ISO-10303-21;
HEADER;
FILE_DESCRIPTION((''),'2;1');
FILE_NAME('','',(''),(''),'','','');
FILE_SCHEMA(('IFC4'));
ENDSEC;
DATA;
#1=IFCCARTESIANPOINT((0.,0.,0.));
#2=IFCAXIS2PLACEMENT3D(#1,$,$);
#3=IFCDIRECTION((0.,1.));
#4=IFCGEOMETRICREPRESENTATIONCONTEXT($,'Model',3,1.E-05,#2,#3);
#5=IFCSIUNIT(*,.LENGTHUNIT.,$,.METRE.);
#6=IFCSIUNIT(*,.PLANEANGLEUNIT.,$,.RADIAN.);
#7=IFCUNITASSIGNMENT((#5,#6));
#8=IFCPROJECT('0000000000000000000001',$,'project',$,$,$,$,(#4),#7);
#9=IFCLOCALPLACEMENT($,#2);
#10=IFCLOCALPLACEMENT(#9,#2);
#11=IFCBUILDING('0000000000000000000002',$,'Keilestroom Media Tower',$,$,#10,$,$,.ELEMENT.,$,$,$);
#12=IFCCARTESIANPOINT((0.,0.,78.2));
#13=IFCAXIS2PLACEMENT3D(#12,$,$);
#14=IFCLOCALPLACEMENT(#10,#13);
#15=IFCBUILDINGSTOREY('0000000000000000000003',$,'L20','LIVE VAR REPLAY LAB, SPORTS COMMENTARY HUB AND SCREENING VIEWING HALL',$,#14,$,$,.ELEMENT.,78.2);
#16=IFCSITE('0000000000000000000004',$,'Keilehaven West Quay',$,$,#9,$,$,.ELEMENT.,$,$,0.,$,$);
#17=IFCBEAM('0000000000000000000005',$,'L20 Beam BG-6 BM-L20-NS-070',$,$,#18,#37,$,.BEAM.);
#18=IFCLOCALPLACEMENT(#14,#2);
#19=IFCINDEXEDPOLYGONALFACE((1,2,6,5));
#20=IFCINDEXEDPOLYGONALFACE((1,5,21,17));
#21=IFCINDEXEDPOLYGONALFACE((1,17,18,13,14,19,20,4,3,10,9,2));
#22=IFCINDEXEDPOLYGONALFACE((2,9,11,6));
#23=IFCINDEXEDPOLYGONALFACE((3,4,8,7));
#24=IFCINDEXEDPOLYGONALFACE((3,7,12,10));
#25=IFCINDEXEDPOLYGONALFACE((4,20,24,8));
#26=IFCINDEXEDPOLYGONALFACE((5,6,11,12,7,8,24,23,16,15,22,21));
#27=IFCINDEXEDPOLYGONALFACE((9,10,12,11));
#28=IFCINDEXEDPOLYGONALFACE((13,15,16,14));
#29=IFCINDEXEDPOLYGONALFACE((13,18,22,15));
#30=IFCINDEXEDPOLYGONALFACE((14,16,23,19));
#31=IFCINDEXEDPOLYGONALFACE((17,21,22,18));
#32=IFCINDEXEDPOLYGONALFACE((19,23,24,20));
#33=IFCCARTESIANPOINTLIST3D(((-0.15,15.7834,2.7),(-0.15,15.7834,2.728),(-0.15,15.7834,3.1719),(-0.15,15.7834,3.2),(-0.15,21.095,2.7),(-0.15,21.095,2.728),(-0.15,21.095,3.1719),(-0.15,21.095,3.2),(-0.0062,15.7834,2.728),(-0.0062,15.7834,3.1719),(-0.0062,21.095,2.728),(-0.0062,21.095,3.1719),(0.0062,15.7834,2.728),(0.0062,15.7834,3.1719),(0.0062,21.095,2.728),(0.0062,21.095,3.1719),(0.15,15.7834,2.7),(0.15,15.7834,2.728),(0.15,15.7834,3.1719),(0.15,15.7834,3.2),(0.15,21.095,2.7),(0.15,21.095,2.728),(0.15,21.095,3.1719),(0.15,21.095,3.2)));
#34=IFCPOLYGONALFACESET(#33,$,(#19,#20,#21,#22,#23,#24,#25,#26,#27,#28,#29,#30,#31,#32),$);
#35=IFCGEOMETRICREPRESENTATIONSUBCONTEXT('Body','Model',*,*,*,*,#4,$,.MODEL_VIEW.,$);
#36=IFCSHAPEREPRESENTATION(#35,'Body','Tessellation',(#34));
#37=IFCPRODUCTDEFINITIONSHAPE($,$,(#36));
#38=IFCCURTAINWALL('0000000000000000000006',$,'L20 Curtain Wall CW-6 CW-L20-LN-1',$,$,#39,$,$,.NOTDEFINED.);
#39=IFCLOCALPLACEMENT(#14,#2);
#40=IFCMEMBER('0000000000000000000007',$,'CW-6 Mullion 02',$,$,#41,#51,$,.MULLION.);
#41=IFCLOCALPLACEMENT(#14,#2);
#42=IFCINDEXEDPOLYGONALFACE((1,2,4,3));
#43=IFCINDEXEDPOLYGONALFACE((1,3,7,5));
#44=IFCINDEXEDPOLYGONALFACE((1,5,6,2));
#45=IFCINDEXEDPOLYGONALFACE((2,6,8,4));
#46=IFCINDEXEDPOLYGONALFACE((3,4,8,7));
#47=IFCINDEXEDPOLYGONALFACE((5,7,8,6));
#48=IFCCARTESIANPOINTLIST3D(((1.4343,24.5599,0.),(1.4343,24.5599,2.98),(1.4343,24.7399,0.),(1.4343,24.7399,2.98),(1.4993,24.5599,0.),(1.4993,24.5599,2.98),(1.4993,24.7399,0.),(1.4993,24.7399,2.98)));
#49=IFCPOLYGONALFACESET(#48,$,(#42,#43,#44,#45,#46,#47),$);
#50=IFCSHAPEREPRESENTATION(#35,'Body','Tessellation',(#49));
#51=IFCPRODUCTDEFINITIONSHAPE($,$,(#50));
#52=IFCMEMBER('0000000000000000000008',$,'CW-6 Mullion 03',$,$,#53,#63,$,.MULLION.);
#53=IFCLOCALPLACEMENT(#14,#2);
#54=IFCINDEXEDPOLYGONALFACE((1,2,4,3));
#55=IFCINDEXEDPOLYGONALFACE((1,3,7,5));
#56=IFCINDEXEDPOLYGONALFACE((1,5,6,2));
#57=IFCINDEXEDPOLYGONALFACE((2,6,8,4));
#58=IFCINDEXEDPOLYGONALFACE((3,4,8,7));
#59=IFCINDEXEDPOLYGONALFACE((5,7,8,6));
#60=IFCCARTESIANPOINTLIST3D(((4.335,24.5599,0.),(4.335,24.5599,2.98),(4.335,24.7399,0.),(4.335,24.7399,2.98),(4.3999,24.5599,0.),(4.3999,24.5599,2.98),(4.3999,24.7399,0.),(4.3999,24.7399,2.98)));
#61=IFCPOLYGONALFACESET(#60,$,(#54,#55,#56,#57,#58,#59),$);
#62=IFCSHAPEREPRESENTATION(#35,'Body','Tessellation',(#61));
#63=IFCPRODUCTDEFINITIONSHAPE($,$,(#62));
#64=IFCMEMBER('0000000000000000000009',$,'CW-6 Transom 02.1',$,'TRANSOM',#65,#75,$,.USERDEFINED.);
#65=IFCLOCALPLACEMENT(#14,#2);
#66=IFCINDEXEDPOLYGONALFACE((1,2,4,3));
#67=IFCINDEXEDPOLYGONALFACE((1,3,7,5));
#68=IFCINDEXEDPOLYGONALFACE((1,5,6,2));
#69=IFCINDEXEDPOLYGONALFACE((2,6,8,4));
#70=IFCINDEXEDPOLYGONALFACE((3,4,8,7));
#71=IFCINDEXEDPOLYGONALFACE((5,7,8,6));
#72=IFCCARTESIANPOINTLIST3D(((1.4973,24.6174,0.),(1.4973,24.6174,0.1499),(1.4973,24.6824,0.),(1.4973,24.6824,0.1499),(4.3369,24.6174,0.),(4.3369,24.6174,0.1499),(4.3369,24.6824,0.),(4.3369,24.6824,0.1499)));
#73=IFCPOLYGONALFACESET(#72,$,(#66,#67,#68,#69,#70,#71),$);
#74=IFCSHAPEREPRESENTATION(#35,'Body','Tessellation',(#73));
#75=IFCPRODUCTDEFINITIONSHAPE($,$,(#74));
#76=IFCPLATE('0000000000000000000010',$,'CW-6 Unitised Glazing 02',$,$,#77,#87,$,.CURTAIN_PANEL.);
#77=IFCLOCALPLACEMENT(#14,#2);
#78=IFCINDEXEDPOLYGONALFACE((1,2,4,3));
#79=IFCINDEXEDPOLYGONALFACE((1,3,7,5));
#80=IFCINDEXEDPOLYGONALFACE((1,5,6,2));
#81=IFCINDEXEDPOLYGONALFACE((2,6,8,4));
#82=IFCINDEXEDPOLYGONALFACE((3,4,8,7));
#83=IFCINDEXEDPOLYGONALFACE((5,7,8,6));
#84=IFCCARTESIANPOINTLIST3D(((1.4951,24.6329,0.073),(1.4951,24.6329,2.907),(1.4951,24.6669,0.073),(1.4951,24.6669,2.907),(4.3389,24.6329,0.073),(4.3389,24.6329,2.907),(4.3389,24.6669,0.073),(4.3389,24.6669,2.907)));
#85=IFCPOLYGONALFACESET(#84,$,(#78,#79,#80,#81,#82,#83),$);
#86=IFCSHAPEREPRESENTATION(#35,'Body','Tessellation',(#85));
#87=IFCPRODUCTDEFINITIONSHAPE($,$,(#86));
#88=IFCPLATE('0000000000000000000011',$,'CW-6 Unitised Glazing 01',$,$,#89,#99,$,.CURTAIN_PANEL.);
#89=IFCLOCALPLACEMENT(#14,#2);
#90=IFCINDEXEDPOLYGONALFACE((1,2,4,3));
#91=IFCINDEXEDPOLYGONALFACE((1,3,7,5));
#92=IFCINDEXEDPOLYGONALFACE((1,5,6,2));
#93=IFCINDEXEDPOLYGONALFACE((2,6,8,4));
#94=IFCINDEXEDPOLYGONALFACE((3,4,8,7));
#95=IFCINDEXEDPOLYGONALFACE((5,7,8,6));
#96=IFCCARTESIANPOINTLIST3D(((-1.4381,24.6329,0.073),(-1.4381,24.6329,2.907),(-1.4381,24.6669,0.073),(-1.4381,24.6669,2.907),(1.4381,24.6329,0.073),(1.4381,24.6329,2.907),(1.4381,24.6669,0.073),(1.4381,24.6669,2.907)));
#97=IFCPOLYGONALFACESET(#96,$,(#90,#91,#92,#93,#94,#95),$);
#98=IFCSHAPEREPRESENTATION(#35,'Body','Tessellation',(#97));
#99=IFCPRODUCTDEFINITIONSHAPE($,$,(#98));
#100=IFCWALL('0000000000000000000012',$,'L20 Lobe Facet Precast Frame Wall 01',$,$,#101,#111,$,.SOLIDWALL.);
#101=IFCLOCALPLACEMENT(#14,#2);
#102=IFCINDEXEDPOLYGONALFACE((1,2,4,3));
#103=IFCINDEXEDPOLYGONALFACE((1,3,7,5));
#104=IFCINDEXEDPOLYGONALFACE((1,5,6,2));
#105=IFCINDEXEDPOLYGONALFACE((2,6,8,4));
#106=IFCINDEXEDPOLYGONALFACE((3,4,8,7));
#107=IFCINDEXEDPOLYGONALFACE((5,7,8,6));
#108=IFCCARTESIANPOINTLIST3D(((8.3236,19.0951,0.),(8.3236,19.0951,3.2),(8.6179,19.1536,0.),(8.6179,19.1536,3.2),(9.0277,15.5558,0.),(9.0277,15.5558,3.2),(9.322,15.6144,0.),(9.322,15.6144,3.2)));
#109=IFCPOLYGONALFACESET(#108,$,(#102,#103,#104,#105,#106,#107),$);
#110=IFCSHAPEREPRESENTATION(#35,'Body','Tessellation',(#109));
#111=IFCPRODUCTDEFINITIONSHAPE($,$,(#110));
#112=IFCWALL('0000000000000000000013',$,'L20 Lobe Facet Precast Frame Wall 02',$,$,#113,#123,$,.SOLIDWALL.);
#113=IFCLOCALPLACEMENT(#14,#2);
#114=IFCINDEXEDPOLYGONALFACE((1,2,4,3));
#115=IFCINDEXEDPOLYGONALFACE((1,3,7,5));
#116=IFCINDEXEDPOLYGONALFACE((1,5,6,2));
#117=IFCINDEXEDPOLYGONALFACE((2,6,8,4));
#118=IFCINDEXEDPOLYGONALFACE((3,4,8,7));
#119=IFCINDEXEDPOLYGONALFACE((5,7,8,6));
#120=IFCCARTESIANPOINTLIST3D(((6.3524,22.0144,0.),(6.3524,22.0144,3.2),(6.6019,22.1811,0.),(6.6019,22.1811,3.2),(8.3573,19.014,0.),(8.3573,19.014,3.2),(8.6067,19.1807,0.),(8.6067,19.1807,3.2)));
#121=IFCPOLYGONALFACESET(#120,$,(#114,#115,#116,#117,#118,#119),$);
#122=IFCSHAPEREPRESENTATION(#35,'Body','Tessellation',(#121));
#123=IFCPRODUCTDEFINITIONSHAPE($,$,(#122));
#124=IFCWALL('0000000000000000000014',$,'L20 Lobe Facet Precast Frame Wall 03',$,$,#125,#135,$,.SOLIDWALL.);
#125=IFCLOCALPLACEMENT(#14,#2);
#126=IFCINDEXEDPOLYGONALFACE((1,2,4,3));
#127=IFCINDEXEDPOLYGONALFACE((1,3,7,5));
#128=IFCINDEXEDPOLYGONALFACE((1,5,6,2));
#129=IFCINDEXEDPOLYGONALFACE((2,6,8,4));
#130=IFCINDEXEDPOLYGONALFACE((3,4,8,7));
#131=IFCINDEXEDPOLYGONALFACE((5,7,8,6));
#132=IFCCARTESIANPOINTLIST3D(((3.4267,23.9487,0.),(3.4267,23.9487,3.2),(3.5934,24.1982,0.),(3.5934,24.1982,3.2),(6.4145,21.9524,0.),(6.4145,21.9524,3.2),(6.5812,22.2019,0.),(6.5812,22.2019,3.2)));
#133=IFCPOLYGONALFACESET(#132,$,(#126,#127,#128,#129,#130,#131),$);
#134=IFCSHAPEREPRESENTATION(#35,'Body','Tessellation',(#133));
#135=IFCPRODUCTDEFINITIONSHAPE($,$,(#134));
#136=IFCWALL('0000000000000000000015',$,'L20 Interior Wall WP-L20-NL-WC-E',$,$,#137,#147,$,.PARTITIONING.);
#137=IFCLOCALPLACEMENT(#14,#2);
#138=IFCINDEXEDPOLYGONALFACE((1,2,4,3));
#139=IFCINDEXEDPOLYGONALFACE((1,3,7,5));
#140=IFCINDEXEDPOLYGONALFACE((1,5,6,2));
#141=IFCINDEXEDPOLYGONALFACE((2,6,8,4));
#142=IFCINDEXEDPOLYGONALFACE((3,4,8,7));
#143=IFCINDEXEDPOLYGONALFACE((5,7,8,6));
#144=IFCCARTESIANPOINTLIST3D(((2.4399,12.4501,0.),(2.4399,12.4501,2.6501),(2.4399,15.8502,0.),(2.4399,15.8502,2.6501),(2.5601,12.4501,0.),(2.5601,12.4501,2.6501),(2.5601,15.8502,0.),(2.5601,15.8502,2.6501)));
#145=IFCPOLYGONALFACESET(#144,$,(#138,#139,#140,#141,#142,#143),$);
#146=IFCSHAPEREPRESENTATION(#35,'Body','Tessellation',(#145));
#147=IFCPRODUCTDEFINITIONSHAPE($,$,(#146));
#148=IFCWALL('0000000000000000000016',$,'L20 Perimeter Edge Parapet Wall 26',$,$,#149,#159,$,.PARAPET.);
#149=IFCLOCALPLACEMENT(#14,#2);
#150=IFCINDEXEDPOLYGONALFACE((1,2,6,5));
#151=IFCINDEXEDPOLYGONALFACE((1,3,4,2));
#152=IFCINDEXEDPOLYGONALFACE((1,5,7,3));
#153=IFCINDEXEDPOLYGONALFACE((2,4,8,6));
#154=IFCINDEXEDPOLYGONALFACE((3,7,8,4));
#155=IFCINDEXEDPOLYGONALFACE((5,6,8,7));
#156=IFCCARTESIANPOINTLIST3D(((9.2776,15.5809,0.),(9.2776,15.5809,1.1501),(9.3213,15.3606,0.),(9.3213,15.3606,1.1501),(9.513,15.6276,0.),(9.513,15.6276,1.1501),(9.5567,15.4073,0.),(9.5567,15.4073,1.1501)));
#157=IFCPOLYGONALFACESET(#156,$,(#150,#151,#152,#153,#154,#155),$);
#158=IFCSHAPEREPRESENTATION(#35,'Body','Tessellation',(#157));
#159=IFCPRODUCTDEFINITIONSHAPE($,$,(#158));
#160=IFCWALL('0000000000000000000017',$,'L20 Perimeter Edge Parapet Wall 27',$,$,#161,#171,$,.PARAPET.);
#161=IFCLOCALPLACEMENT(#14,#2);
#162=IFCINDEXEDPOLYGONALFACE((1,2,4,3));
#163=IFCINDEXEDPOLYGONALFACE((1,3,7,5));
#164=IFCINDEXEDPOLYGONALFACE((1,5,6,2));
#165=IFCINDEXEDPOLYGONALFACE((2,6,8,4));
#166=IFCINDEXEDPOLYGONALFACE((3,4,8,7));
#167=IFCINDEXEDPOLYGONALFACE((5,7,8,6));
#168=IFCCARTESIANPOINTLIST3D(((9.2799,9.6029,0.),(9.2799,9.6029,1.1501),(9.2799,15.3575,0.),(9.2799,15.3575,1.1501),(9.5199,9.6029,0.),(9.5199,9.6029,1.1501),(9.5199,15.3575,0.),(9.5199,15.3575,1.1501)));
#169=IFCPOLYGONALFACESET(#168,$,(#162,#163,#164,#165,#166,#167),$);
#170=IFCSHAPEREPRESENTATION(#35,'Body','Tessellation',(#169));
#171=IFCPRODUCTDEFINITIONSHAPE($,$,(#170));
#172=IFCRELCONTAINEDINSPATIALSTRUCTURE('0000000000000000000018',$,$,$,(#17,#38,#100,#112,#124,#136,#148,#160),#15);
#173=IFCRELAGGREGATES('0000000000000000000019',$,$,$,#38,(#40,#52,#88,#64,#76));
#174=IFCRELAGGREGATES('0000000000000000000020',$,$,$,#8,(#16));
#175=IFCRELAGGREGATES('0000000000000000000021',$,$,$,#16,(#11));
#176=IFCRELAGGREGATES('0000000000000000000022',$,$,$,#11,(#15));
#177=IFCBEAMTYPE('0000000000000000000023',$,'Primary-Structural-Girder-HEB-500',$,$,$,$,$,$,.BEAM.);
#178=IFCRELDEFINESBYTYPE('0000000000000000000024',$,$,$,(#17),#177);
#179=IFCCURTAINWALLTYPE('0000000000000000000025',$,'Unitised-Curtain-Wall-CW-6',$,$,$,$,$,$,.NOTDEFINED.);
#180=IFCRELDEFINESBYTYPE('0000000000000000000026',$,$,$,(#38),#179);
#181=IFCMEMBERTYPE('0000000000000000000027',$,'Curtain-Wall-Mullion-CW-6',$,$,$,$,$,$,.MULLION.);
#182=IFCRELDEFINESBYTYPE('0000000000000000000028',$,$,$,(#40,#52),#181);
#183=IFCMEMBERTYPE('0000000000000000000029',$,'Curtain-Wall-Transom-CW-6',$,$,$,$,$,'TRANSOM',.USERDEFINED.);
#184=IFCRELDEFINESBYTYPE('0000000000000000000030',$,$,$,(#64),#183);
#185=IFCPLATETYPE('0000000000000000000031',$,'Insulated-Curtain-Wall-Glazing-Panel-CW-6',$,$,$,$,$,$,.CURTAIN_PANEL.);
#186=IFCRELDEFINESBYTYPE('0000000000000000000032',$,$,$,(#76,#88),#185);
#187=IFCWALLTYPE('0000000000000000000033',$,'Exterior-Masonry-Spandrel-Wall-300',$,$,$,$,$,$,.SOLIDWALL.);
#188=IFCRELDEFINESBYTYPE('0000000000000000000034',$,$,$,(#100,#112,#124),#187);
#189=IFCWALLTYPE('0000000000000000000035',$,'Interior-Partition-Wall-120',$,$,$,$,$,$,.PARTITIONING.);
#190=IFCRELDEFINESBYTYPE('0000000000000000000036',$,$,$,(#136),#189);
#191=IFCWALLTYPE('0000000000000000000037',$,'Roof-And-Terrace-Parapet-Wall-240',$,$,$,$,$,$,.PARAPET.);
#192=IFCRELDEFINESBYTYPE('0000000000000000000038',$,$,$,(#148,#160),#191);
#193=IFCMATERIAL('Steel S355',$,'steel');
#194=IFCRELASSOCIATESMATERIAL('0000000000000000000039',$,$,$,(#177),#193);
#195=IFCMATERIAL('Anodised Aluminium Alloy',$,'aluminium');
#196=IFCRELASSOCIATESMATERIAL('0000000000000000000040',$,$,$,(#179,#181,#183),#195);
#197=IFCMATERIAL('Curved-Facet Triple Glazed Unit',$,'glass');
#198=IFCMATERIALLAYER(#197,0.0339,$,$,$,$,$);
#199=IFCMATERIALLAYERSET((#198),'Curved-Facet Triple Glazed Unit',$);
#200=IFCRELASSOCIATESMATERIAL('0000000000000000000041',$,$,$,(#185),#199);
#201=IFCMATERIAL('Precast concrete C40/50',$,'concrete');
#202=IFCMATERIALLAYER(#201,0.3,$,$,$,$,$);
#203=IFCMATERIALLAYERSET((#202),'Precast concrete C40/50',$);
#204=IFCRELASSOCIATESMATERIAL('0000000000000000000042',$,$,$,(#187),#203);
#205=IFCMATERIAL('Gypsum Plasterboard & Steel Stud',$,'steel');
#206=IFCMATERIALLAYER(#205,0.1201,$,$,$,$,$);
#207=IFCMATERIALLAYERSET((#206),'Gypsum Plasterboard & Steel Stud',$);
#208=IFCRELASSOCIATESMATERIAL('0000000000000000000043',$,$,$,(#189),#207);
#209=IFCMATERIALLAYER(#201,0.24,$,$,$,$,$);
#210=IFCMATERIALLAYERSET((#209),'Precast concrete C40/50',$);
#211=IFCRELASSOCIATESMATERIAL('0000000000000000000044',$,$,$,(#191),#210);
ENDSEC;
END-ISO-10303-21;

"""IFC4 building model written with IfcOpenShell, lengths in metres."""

from ifc_helpers import new_model, si_unit, direction, frame, frame_2d, origin, origin_2d, place, context, subcontext, project, spatial, rectangle, i_section, extrude, source, transform, mapped, material, layer, layer_set, material_profile, profile_set, type_object, element, aggregate, save


model = new_model("IFC4")

# Units and contexts
model_context = context("Model", 3, precision=1e-05, world=origin(), true_north=direction((0.0, 1.0)))
body_context = subcontext(model_context, "Body", "Model", "MODEL_VIEW")
ifc_project = project(units=[si_unit("LENGTHUNIT", "METRE"), si_unit("PLANEANGLEUNIT", "RADIAN")], contexts=[model_context])

# Site, building, storey
site_placement = place(None, origin())
site = spatial("IfcSite", under=ifc_project, at=site_placement, Name="Keilehaven West Quay", CompositionType="ELEMENT", RefElevation=0.0)
building_placement = place(site_placement, origin())
building = spatial("IfcBuilding", under=site, at=building_placement, Name="Keilestroom Media Tower", CompositionType="ELEMENT")
storey_placement = place(building_placement, frame((0.0, 0.0, 78.2)))
storey = spatial("IfcBuildingStorey", under=building, at=storey_placement, Name="L20", Description="LIVE VAR REPLAY LAB, SPORTS COMMENTARY HUB AND SCREENING VIEWING HALL", CompositionType="ELEMENT", Elevation=78.2)

# Beam
ifc_material_1 = material(Name="Steel S355", Category="steel")
ifc_material_profile_1 = material_profile(ifc_material_1, i_section(OverallWidth=0.3, OverallDepth=0.5, WebThickness=0.0125, FlangeThickness=0.0281, at=origin_2d()), Name="HEB 500")
ifc_profile_set_1 = profile_set([ifc_material_profile_1], Name="Steel S355")
beam_type_1 = type_object("IfcBeamType", Name="Primary-Structural-Girder-HEB-500", PredefinedType="BEAM", material=ifc_profile_set_1)
shared_shape_1 = source(origin(), body_context, "Body", "SweptSolid", [
    extrude(i_section(OverallWidth=0.3, OverallDepth=0.5, WebThickness=0.0125, FlangeThickness=0.0281, at=origin_2d()), origin(), (0.0, 0.0, 1.0), 5.3115),
])
beam_1_placement = place(storey_placement, frame((0.0, 15.7834, 2.95), z_axis=(0.0, 1.0, 0.0), x_axis=(-1.0, 0.0, 0.0)))
element("IfcBeam", 1, at=beam_1_placement, inside=storey, type_object=beam_type_1, Name="L20 Beam BG-6 BM-L20-NS-070", PredefinedType="BEAM", context=body_context, shape_type="MappedRepresentation", body=[
    mapped(shared_shape_1, transform((0.0, 0.0, 0.0), x_axis=(1.0, 0.0, 0.0), y_axis=(0.0, 1.0, 0.0), z_axis=(0.0, 0.0, 1.0), scale=1.0)),
])

# Curtain wall, members, plates
ifc_material_2 = material(Name="Anodised Aluminium Alloy", Category="aluminium")
curtain_wall_type = type_object("IfcCurtainWallType", Name="Unitised-Curtain-Wall-CW-6", PredefinedType="NOTDEFINED", material=ifc_material_2)
curtain_wall_placement = place(storey_placement, origin())
curtain_wall = element("IfcCurtainWall", 2, at=curtain_wall_placement, inside=storey, type_object=curtain_wall_type, Name="L20 Curtain Wall CW-6 CW-L20-LN-1", PredefinedType="NOTDEFINED")
ifc_material_profile_2 = material_profile(ifc_material_2, rectangle(XDim=0.0649, YDim=0.1799, at=origin_2d()), Name="ALU MULLION 65x180")
ifc_profile_set_2 = profile_set([ifc_material_profile_2], Name="Anodised Aluminium Alloy")
member_type_1 = type_object("IfcMemberType", Name="Curtain-Wall-Mullion-CW-6", PredefinedType="MULLION", material=ifc_profile_set_2)
shared_shape_2 = source(origin(), body_context, "Body", "SweptSolid", [
    extrude(rectangle(XDim=0.0649, YDim=0.1799, at=origin_2d()), origin(), (0.0, 0.0, 1.0), 2.98),
])
member_1_placement = place(storey_placement, frame((1.4668, 24.6499, 0.0), z_axis=(0.0, 0.0, 1.0), x_axis=(1.0, 0.0, 0.0)))
member_1 = element("IfcMember", 3, at=member_1_placement, type_object=member_type_1, Name="CW-6 Mullion 02", PredefinedType="MULLION", context=body_context, shape_type="MappedRepresentation", body=[
    mapped(shared_shape_2, transform((0.0, 0.0, 0.0), x_axis=(1.0, 0.0, 0.0), y_axis=(0.0, 1.0, 0.0), z_axis=(0.0, 0.0, 1.0), scale=1.0)),
])
member_2_placement = place(storey_placement, frame((4.3674, 24.6499, 0.0), z_axis=(0.0, 0.0, 1.0), x_axis=(1.0, 0.0, 0.0)))
member_2 = element("IfcMember", 4, at=member_2_placement, type_object=member_type_1, Name="CW-6 Mullion 03", PredefinedType="MULLION", context=body_context, shape_type="MappedRepresentation", body=[
    mapped(shared_shape_2, transform((0.0, 0.0, 0.0), x_axis=(1.0, 0.0, 0.0), y_axis=(0.0, 1.0, 0.0), z_axis=(0.0, 0.0, 1.0), scale=1.0)),
])
ifc_material_profile_3 = material_profile(ifc_material_2, rectangle(XDim=0.0649, YDim=0.1499, at=origin_2d()), Name="ALU TRANSOM 65x150")
ifc_profile_set_3 = profile_set([ifc_material_profile_3], Name="Anodised Aluminium Alloy")
member_type_2 = type_object("IfcMemberType", Name="Curtain-Wall-Transom-CW-6", ElementType="TRANSOM", PredefinedType="USERDEFINED", material=ifc_profile_set_3)
shared_shape_3 = source(origin(), body_context, "Body", "SweptSolid", [
    extrude(rectangle(XDim=0.0649, YDim=0.1499, at=origin_2d()), origin(), (0.0, 0.0, 1.0), 2.8396),
])
member_3_placement = place(storey_placement, frame((1.4973, 24.6499, 0.075), z_axis=(1.0, 0.0, 0.0), x_axis=(0.0, 1.0, 0.0)))
member_3 = element("IfcMember", 5, at=member_3_placement, type_object=member_type_2, Name="CW-6 Transom 02.1", ObjectType="TRANSOM", PredefinedType="USERDEFINED", context=body_context, shape_type="MappedRepresentation", body=[
    mapped(shared_shape_3, transform((0.0, 0.0, 0.0), x_axis=(1.0, 0.0, 0.0), y_axis=(0.0, 1.0, 0.0), z_axis=(0.0, 0.0, 1.0), scale=1.0)),
])
ifc_material_3 = material(Name="Curved-Facet Triple Glazed Unit", Category="glass")
ifc_layer_1 = layer(ifc_material_3, 0.0339)
ifc_layer_set_1 = layer_set([ifc_layer_1], Name="Curved-Facet Triple Glazed Unit")
plate_type = type_object("IfcPlateType", Name="Insulated-Curtain-Wall-Glazing-Panel-CW-6", PredefinedType="CURTAIN_PANEL", material=ifc_layer_set_1)
shared_shape_4 = source(origin(), body_context, "Body", "SweptSolid", [
    extrude(rectangle(XDim=2.8438, YDim=0.0339, at=origin_2d()), origin(), (0.0, 0.0, 1.0), 2.834),
])
plate_1_placement = place(storey_placement, frame((2.917, 24.6499, 0.073), z_axis=(0.0, 0.0, 1.0), x_axis=(1.0, 0.0, 0.0)))
plate_1 = element("IfcPlate", 6, at=plate_1_placement, type_object=plate_type, Name="CW-6 Unitised Glazing 02", PredefinedType="CURTAIN_PANEL", context=body_context, shape_type="MappedRepresentation", body=[
    mapped(shared_shape_4, transform((0.0, 0.0, 0.0), x_axis=(1.0, 0.0, 0.0), y_axis=(0.0, 1.0, 0.0), z_axis=(0.0, 0.0, 1.0), scale=1.0)),
])
shared_shape_5 = source(origin(), body_context, "Body", "SweptSolid", [
    extrude(rectangle(XDim=2.8762, YDim=0.0339, at=origin_2d()), origin(), (0.0, 0.0, 1.0), 2.834),
])
plate_2_placement = place(storey_placement, frame((0.0, 24.6499, 0.073), z_axis=(0.0, 0.0, 1.0), x_axis=(1.0, 0.0, 0.0)))
plate_2 = element("IfcPlate", 7, at=plate_2_placement, type_object=plate_type, Name="CW-6 Unitised Glazing 01", PredefinedType="CURTAIN_PANEL", context=body_context, shape_type="MappedRepresentation", body=[
    mapped(shared_shape_5, transform((0.0, 0.0, 0.0), x_axis=(1.0, 0.0, 0.0), y_axis=(0.0, 1.0, 0.0), z_axis=(0.0, 0.0, 1.0), scale=1.0)),
])
aggregate(curtain_wall, [member_1, member_2, plate_2, member_3, plate_1])

# Walls
ifc_material_4 = material(Name="Precast concrete C40/50", Category="concrete")
ifc_layer_2 = layer(ifc_material_4, 0.3)
ifc_layer_set_2 = layer_set([ifc_layer_2], Name="Precast concrete C40/50")
wall_type_1 = type_object("IfcWallType", Name="Exterior-Masonry-Spandrel-Wall-300", PredefinedType="SOLIDWALL", material=ifc_layer_set_2)
for number, where, z_axis, x_axis, name in (
    (8, (9.1748, 15.5852, 0.0), (0.0, 0.0, 1.0), (-0.195114, 0.980781, 0.0), "L20 Lobe Facet Precast Frame Wall 01"),
    (9, (8.4819, 19.0974, 0.0), (0.0, 0.0, 1.0), (-0.555574, 0.831467, 0.0), "L20 Lobe Facet Precast Frame Wall 02"),
):
    element("IfcWall", number, at=place(storey_placement, frame(where, z_axis=z_axis, x_axis=x_axis)), inside=storey, type_object=wall_type_1, Name=name, PredefinedType="SOLIDWALL", context=body_context, shape_type="SweptSolid", body=[
        extrude(rectangle(XDim=3.6086, YDim=0.3, at=frame_2d((1.8042, 0.0))), origin(), (0.0, 0.0, 1.0), 3.2),
    ])
wall_1_placement = place(storey_placement, frame((6.4978, 22.0771, 0.0), z_axis=(0.0, 0.0, 1.0), x_axis=(-0.831475, 0.555562, 0.0)))
element("IfcWall", 10, at=wall_1_placement, inside=storey, type_object=wall_type_1, Name="L20 Lobe Facet Precast Frame Wall 03", PredefinedType="SOLIDWALL", context=body_context, shape_type="SweptSolid", body=[
    extrude(rectangle(XDim=3.5933, YDim=0.3, at=frame_2d((1.7966, 0.0))), origin(), (0.0, 0.0, 1.0), 3.2),
])
ifc_material_5 = material(Name="Gypsum Plasterboard & Steel Stud", Category="steel")
ifc_layer_3 = layer(ifc_material_5, 0.1201)
ifc_layer_set_3 = layer_set([ifc_layer_3], Name="Gypsum Plasterboard & Steel Stud")
wall_type_2 = type_object("IfcWallType", Name="Interior-Partition-Wall-120", PredefinedType="PARTITIONING", material=ifc_layer_set_3)
wall_2_placement = place(storey_placement, frame((2.5, 12.45, 0.0), z_axis=(0.0, 0.0, 1.0), x_axis=(0.0, 1.0, 0.0)))
element("IfcWall", 11, at=wall_2_placement, inside=storey, type_object=wall_type_2, Name="L20 Interior Wall WP-L20-NL-WC-E", PredefinedType="PARTITIONING", context=body_context, shape_type="SweptSolid", body=[
    extrude(rectangle(XDim=3.4001, YDim=0.1201, at=frame_2d((1.7002, 0.0))), origin(), (0.0, 0.0, 1.0), 2.6501),
])
ifc_layer_4 = layer(ifc_material_4, 0.24)
ifc_layer_set_4 = layer_set([ifc_layer_4], Name="Precast concrete C40/50")
wall_type_3 = type_object("IfcWallType", Name="Roof-And-Terrace-Parapet-Wall-240", PredefinedType="PARAPET", material=ifc_layer_set_4)
wall_3_placement = place(storey_placement, frame((9.3953, 15.6042, 0.0), z_axis=(0.0, 0.0, 1.0), x_axis=(0.194652, -0.980872, 0.0)))
element("IfcWall", 12, at=wall_3_placement, inside=storey, type_object=wall_type_3, Name="L20 Perimeter Edge Parapet Wall 26", PredefinedType="PARAPET", context=body_context, shape_type="SweptSolid", body=[
    extrude(rectangle(XDim=0.2246, YDim=0.24, at=frame_2d((0.1123, 0.0))), origin(), (0.0, 0.0, 1.0), 1.1501),
])
wall_4_placement = place(storey_placement, frame((9.3999, 15.3577, 0.0), z_axis=(0.0, 0.0, 1.0), x_axis=(0.0, -1.0, 0.0)))
element("IfcWall", 13, at=wall_4_placement, inside=storey, type_object=wall_type_3, Name="L20 Perimeter Edge Parapet Wall 27", PredefinedType="PARAPET", context=body_context, shape_type="SweptSolid", body=[
    extrude(rectangle(XDim=5.7546, YDim=0.24, at=frame_2d((2.8774, 0.0))), origin(), (0.0, 0.0, 1.0), 1.1501),
])

save(model, "model.ifc")
